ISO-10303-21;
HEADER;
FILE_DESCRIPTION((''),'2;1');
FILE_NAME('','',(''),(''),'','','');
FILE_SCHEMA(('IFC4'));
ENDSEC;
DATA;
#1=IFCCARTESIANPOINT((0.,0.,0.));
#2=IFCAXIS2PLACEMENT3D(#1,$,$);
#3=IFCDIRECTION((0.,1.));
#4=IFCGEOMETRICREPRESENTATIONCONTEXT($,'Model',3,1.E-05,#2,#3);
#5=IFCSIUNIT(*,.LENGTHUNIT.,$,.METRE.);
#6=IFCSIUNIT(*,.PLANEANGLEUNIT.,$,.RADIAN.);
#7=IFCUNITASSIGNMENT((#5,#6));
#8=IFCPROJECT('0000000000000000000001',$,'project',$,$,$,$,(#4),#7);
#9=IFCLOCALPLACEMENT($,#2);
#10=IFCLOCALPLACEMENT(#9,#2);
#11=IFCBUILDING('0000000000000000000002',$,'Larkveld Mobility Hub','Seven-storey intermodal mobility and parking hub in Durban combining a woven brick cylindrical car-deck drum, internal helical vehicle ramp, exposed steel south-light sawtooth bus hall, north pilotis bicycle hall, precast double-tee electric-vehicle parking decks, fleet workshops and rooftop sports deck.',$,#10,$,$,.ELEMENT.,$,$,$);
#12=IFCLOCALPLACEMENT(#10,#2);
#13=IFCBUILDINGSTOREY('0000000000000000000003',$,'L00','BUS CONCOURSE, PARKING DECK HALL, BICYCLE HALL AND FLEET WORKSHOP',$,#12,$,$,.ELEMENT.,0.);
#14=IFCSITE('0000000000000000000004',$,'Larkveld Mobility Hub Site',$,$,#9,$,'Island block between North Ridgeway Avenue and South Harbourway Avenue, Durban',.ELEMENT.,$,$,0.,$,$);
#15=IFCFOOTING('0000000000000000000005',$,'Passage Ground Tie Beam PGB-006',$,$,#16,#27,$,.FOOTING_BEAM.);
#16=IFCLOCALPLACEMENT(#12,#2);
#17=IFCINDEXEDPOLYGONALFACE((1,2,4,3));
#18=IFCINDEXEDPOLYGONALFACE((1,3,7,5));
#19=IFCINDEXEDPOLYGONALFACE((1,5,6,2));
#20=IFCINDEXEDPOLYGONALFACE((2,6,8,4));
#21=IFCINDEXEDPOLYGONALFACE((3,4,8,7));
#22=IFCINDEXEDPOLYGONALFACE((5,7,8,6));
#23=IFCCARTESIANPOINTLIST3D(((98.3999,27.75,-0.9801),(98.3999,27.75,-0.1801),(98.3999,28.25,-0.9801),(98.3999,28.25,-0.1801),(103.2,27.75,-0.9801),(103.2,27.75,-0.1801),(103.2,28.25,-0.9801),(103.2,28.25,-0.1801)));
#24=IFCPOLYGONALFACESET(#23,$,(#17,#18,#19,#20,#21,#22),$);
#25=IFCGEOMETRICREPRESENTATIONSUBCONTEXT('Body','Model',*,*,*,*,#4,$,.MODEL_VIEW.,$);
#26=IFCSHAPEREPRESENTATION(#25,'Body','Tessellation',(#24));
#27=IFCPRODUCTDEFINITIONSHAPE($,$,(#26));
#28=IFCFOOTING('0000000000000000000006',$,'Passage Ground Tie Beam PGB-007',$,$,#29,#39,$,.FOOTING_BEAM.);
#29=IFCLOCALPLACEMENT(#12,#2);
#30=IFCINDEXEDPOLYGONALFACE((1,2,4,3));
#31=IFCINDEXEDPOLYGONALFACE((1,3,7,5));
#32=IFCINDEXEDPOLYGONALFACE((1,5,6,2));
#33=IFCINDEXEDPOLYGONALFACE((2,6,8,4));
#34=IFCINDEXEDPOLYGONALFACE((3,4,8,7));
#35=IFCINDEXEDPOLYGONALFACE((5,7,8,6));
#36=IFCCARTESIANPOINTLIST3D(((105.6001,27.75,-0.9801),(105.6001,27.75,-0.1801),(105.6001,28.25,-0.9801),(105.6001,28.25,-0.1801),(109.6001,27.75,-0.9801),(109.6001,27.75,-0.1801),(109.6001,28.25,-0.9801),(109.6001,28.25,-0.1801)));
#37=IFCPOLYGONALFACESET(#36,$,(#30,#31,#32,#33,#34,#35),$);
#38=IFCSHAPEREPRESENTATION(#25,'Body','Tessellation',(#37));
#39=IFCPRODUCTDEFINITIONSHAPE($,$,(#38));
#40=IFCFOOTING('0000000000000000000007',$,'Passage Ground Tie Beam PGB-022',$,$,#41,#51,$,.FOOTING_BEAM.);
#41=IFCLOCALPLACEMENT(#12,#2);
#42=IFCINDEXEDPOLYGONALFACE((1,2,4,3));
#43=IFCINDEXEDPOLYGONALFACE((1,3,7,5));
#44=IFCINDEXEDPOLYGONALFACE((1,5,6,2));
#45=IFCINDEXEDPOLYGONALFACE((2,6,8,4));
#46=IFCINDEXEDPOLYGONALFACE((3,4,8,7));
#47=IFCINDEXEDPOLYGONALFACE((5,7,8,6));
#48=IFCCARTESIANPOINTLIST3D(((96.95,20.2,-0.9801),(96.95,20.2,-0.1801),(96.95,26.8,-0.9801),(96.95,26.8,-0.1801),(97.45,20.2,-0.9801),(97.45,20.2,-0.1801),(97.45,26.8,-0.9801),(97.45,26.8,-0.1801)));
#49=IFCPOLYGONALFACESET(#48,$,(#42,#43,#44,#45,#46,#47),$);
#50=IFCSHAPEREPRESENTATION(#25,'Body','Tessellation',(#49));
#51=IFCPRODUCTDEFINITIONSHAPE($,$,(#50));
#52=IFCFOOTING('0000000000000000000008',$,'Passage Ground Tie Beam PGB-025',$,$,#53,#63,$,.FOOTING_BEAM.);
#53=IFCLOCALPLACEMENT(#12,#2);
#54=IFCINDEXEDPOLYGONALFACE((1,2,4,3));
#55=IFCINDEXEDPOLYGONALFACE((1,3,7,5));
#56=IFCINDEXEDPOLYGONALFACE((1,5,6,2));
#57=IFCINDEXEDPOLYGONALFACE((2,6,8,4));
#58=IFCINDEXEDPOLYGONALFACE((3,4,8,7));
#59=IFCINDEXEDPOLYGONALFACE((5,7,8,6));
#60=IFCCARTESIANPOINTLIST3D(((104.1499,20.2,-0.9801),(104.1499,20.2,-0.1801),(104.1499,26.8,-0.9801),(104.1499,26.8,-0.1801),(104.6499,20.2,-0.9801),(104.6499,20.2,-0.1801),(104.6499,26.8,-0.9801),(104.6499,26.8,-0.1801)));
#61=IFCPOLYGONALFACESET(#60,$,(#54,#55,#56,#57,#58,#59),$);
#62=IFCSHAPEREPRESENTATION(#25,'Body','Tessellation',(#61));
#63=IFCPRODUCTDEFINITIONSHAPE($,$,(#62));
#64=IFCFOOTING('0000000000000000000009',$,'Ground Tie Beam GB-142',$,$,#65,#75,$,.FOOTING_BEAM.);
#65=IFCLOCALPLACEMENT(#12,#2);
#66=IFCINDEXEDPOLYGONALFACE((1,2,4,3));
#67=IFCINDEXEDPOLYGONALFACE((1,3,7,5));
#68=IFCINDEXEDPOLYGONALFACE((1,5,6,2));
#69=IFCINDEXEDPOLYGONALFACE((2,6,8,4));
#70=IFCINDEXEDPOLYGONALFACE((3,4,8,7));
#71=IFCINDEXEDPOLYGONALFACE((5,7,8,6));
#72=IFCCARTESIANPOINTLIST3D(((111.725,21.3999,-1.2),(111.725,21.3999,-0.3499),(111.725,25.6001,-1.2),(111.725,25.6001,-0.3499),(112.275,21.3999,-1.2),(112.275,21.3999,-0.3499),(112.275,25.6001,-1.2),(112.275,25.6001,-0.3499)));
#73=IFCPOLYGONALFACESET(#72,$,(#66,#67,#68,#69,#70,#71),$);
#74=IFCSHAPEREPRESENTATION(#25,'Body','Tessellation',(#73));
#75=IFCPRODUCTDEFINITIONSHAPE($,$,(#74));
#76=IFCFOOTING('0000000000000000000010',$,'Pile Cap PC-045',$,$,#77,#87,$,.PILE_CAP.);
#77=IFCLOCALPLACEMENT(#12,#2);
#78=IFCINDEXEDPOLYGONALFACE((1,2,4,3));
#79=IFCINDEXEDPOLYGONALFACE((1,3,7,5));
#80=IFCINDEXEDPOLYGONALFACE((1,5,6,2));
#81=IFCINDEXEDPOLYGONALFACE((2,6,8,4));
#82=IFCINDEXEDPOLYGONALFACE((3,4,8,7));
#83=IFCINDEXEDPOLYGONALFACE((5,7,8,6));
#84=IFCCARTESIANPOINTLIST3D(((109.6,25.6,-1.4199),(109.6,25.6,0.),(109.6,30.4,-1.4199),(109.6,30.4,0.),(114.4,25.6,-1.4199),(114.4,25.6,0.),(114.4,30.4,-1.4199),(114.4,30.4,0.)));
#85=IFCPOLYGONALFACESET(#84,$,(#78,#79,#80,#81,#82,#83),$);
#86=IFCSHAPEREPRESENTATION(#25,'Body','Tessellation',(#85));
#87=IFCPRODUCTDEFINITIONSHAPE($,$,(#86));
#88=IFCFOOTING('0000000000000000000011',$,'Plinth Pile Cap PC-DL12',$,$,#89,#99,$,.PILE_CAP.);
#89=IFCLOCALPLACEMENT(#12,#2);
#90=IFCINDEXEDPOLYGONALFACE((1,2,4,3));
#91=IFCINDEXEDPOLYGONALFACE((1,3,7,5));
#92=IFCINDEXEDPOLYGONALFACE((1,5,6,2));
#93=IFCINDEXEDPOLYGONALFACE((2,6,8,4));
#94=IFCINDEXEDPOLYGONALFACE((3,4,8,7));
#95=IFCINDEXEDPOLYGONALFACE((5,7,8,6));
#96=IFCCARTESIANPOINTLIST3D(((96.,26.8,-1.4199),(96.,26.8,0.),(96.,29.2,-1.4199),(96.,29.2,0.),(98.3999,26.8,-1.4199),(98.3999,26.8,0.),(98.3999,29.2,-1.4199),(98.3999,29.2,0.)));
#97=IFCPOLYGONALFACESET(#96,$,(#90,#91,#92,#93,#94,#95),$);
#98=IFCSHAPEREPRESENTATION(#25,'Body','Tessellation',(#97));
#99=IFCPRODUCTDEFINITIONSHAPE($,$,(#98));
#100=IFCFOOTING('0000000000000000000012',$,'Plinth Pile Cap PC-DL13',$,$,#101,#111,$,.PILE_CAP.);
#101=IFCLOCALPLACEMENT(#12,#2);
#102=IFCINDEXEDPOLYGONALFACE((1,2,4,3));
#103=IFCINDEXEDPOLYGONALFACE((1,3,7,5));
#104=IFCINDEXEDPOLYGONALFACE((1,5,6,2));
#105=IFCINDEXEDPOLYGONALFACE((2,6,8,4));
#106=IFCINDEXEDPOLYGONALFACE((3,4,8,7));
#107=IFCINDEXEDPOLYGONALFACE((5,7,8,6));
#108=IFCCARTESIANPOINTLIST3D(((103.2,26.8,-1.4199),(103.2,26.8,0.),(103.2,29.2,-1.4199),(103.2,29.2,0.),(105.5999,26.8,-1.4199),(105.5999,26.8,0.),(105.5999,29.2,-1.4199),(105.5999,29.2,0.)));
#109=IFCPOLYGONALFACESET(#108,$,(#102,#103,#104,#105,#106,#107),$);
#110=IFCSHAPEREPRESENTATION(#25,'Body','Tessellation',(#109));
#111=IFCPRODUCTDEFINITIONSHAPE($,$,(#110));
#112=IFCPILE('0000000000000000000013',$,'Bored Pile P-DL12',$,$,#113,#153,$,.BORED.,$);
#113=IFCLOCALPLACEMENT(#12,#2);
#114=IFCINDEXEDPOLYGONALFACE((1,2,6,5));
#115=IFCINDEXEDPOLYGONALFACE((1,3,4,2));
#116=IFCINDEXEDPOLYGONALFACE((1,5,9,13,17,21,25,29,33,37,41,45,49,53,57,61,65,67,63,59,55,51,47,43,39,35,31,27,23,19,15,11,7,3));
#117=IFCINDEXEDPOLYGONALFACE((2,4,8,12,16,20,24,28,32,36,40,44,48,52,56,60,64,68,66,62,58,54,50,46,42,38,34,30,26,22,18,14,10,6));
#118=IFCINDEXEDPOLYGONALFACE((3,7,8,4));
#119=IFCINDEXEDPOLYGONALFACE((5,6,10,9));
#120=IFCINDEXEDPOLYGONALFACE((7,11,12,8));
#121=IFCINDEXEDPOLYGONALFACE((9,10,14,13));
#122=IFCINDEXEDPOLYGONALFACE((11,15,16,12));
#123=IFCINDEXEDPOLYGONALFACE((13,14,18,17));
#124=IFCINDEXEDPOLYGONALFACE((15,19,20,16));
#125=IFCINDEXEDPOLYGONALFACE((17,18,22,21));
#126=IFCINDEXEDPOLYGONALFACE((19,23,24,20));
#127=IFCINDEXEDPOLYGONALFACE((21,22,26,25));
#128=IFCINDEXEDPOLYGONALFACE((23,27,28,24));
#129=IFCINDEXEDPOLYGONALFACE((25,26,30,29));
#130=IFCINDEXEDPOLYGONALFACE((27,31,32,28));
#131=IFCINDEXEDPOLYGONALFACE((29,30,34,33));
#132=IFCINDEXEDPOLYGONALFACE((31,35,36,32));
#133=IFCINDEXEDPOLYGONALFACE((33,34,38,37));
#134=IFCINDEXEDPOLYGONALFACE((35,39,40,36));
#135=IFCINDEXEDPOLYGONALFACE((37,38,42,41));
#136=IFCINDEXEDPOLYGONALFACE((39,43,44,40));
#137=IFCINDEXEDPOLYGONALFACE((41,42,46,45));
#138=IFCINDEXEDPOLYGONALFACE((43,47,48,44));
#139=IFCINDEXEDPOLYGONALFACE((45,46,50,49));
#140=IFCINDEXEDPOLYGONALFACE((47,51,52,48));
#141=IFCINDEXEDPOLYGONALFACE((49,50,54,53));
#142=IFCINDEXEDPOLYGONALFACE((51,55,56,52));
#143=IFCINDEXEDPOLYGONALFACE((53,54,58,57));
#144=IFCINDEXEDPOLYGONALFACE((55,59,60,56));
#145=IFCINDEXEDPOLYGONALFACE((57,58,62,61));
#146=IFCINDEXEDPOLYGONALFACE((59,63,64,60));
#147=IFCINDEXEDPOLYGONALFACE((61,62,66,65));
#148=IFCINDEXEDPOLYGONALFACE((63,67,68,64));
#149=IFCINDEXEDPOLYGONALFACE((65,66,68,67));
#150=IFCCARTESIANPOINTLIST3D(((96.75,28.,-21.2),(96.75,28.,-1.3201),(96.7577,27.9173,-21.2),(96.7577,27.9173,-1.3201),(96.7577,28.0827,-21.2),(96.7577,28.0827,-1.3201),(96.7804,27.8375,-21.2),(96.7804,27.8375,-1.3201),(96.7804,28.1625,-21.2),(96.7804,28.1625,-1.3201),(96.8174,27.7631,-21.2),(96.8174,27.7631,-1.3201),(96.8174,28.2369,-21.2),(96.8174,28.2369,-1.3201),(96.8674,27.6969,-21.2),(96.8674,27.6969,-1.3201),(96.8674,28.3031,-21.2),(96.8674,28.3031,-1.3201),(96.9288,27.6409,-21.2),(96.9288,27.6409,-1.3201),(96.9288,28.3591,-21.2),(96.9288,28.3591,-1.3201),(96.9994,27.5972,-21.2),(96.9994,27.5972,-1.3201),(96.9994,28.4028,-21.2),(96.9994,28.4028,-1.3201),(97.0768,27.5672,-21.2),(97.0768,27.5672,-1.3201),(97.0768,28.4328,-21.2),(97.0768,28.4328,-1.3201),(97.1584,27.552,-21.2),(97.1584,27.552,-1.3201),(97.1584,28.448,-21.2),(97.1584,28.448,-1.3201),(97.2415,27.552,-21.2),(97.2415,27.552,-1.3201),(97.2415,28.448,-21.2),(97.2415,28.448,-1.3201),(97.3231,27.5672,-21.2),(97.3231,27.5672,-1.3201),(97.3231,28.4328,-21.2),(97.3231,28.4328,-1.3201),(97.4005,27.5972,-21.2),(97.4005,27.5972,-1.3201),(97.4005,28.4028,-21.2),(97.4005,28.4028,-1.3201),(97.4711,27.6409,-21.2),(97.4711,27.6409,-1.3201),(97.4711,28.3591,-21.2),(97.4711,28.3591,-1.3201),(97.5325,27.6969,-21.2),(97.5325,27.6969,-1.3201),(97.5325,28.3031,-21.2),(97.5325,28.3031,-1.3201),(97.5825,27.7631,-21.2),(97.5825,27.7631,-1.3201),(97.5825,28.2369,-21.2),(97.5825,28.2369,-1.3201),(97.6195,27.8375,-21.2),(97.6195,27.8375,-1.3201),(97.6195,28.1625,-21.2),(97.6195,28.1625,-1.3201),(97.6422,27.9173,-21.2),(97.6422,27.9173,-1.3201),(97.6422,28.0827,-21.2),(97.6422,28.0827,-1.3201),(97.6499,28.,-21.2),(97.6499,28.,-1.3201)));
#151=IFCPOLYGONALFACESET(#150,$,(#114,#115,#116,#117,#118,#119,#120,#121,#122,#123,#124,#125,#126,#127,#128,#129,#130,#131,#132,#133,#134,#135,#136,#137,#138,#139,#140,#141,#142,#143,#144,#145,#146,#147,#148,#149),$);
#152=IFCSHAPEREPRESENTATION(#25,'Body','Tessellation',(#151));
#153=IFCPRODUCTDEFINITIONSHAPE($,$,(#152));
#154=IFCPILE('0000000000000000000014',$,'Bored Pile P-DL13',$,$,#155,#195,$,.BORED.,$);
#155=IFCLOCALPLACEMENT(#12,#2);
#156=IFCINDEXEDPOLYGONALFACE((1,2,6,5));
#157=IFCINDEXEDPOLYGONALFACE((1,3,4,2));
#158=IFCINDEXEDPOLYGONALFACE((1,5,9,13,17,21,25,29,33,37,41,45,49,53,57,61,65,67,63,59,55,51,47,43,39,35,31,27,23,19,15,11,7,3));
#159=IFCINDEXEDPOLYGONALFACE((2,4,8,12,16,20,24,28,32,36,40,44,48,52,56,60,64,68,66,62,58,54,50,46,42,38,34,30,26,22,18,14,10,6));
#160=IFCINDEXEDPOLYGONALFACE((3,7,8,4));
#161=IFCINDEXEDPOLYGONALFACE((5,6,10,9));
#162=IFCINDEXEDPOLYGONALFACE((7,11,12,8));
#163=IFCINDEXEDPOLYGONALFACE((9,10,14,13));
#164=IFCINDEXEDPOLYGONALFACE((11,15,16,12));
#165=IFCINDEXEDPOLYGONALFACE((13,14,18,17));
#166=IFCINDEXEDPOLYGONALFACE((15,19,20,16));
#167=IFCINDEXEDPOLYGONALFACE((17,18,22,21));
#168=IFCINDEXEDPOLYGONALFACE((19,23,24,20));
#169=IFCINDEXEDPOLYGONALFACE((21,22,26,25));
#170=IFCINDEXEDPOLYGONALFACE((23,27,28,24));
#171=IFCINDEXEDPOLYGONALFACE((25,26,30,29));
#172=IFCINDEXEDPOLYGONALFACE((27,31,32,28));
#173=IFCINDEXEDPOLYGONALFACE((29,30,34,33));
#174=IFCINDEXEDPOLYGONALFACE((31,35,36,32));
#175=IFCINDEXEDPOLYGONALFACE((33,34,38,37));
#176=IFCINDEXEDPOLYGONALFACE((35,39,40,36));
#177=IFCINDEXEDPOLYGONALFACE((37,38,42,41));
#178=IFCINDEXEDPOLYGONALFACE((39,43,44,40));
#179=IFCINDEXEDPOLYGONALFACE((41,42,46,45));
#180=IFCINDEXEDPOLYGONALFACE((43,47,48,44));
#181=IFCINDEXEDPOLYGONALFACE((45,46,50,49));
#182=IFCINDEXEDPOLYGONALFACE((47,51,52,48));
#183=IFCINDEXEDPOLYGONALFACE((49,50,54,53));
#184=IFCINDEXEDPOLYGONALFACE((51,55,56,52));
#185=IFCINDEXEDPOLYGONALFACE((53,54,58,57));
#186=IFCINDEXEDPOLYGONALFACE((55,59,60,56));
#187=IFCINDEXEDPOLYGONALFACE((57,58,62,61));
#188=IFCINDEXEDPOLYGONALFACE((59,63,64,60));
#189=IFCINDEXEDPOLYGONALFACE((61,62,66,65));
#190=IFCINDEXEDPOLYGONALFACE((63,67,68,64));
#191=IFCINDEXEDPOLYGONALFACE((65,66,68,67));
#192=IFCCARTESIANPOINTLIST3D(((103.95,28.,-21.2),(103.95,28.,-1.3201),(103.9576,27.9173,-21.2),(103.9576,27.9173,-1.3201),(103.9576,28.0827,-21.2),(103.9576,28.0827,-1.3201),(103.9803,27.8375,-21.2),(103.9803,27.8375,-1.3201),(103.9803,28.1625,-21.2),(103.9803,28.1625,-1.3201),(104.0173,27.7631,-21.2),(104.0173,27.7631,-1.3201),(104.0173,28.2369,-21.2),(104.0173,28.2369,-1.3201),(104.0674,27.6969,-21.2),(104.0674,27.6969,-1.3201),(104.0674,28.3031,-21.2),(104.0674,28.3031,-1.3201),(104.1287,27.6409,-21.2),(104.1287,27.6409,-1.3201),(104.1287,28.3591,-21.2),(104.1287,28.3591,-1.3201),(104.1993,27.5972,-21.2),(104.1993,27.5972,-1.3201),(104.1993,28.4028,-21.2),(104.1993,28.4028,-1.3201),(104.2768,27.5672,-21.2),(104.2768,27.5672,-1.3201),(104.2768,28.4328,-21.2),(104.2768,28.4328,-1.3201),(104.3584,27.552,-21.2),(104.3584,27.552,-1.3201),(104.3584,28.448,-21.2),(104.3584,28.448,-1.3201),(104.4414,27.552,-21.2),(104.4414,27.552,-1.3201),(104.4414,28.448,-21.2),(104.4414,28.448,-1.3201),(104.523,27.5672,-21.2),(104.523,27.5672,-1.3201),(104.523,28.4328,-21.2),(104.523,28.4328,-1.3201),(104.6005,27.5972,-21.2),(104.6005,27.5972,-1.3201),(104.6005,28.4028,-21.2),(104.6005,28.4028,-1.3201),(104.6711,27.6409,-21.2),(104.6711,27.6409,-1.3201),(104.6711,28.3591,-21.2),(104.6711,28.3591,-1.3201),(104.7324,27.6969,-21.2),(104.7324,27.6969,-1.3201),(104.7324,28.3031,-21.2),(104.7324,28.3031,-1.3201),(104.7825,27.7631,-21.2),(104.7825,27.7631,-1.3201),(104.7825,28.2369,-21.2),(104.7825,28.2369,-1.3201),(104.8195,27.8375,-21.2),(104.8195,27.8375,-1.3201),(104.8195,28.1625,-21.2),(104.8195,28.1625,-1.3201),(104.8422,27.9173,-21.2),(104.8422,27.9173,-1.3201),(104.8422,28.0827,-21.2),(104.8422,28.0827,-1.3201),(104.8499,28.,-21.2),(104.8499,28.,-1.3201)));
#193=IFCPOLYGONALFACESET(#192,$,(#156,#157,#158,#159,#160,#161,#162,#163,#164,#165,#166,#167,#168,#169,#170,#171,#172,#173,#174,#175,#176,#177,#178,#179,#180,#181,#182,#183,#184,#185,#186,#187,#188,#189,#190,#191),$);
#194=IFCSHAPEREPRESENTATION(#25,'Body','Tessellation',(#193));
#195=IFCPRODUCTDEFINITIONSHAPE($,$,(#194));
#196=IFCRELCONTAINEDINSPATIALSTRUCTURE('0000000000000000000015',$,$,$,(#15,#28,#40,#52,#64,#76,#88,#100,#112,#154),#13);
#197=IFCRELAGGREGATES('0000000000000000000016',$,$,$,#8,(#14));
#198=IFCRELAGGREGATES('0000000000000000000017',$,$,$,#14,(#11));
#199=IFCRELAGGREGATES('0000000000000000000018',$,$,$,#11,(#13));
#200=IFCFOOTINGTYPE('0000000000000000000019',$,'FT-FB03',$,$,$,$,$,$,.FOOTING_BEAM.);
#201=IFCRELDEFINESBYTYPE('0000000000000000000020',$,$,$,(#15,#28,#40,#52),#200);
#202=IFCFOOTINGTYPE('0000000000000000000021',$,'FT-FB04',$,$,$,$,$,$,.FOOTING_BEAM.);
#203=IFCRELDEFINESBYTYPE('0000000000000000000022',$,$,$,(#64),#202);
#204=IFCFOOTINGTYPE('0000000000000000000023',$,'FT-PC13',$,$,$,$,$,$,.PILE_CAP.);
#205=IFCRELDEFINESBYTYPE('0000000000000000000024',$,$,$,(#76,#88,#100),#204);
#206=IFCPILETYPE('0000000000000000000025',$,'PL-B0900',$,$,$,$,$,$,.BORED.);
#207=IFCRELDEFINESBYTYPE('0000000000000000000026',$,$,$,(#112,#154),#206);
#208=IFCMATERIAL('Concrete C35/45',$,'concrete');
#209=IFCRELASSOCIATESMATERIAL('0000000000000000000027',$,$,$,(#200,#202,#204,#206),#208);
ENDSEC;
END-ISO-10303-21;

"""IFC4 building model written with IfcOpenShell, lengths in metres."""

from ifc_helpers import new_model, si_unit, direction, frame, origin, origin_2d, place, context, subcontext, project, spatial, rectangle, circle, extrude, material, material_profile, profile_set, type_object, element, save


model = new_model("IFC4")

# Units and contexts
model_context = context("Model", 3, precision=1e-05, world=origin(), true_north=direction((0.0, 1.0)))
body_context = subcontext(model_context, "Body", "Model", "MODEL_VIEW")
ifc_project = project(units=[si_unit("LENGTHUNIT", "METRE"), si_unit("PLANEANGLEUNIT", "RADIAN")], contexts=[model_context])

# Site, building, storey
site_placement = place(None, origin())
site = spatial("IfcSite", under=ifc_project, at=site_placement, Name="Larkveld Mobility Hub Site", LongName="Island block between North Ridgeway Avenue and South Harbourway Avenue, Durban", CompositionType="ELEMENT", RefElevation=0.0)
building_placement = place(site_placement, origin())
building = spatial("IfcBuilding", under=site, at=building_placement, Name="Larkveld Mobility Hub", Description="Seven-storey intermodal mobility and parking hub in Durban combining a woven brick cylindrical car-deck drum, internal helical vehicle ramp, exposed steel south-light sawtooth bus hall, north pilotis bicycle hall, precast double-tee electric-vehicle parking decks, fleet workshops and rooftop sports deck.", CompositionType="ELEMENT")
storey_placement = place(building_placement, origin())
storey = spatial("IfcBuildingStorey", under=building, at=storey_placement, Name="L00", Description="BUS CONCOURSE, PARKING DECK HALL, BICYCLE HALL AND FLEET WORKSHOP", CompositionType="ELEMENT", Elevation=0.0)

# Footings
ifc_material_1 = material(Name="Concrete C35/45", Category="concrete")
ifc_material_profile_1 = material_profile(ifc_material_1, rectangle(XDim=0.5, YDim=0.8, at=origin_2d()), Name="RC BM 500x800")
ifc_profile_set_1 = profile_set([ifc_material_profile_1], Name="Concrete C35/45")
footing_type_1 = type_object("IfcFootingType", Name="FT-FB03", PredefinedType="FOOTING_BEAM", material=ifc_profile_set_1)
footing_1_placement = place(storey_placement, frame((98.3999, 28.0, -0.5801), z_axis=(1.0, 0.0, 0.0), x_axis=(0.0, 1.0, 0.0)))
element("IfcFooting", 1, at=footing_1_placement, inside=storey, type_object=footing_type_1, Name="Passage Ground Tie Beam PGB-006", PredefinedType="FOOTING_BEAM", context=body_context, shape_type="SweptSolid", body=[
    extrude(rectangle(XDim=0.5, YDim=0.8, at=origin_2d()), origin(), (0.0, 0.0, 1.0), 4.8),
])
footing_2_placement = place(storey_placement, frame((105.6001, 28.0, -0.5801), z_axis=(1.0, 0.0, 0.0), x_axis=(0.0, 1.0, 0.0)))
element("IfcFooting", 2, at=footing_2_placement, inside=storey, type_object=footing_type_1, Name="Passage Ground Tie Beam PGB-007", PredefinedType="FOOTING_BEAM", context=body_context, shape_type="SweptSolid", body=[
    extrude(rectangle(XDim=0.5, YDim=0.8, at=origin_2d()), origin(), (0.0, 0.0, 1.0), 4.0),
])
for number, where, z_axis, x_axis, name in (
    (3, (97.2, 20.2, -0.5801), (0.0, 1.0, 0.0), (-1.0, 0.0, 0.0), "Passage Ground Tie Beam PGB-022"),
    (4, (104.3999, 20.2, -0.5801), (0.0, 1.0, 0.0), (-1.0, 0.0, 0.0), "Passage Ground Tie Beam PGB-025"),
):
    element("IfcFooting", number, at=place(storey_placement, frame(where, z_axis=z_axis, x_axis=x_axis)), inside=storey, type_object=footing_type_1, Name=name, PredefinedType="FOOTING_BEAM", context=body_context, shape_type="SweptSolid", body=[
        extrude(rectangle(XDim=0.5, YDim=0.8, at=origin_2d()), origin(), (0.0, 0.0, 1.0), 6.6001),
    ])
ifc_material_profile_2 = material_profile(ifc_material_1, rectangle(XDim=0.55, YDim=0.8501, at=origin_2d()), Name="RC BM 550x850")
ifc_profile_set_2 = profile_set([ifc_material_profile_2], Name="Concrete C35/45")
footing_type_2 = type_object("IfcFootingType", Name="FT-FB04", PredefinedType="FOOTING_BEAM", material=ifc_profile_set_2)
footing_3_placement = place(storey_placement, frame((112.0, 21.3999, -0.7749), z_axis=(0.0, 1.0, 0.0), x_axis=(-1.0, 0.0, 0.0)))
element("IfcFooting", 5, at=footing_3_placement, inside=storey, type_object=footing_type_2, Name="Ground Tie Beam GB-142", PredefinedType="FOOTING_BEAM", context=body_context, shape_type="SweptSolid", body=[
    extrude(rectangle(XDim=0.55, YDim=0.8501, at=origin_2d()), origin(), (0.0, 0.0, 1.0), 4.2002),
])
footing_type_3 = type_object("IfcFootingType", Name="FT-PC13", PredefinedType="PILE_CAP", material=ifc_material_1)
footing_4_placement = place(storey_placement, frame((112.0, 28.0, -1.4199), z_axis=(0.0, 0.0, 1.0), x_axis=(1.0, 0.0, 0.0)))
element("IfcFooting", 6, at=footing_4_placement, inside=storey, type_object=footing_type_3, Name="Pile Cap PC-045", PredefinedType="PILE_CAP", context=body_context, shape_type="SweptSolid", body=[
    extrude(rectangle(XDim=4.8, YDim=4.8, at=origin_2d()), origin(), (0.0, 0.0, 1.0), 1.4199),
])
for number, where, z_axis, x_axis, name in (
    (7, (97.2, 28.0, -1.4199), (0.0, 0.0, 1.0), (1.0, 0.0, 0.0), "Plinth Pile Cap PC-DL12"),
    (8, (104.3999, 28.0, -1.4199), (0.0, 0.0, 1.0), (1.0, 0.0, 0.0), "Plinth Pile Cap PC-DL13"),
):
    element("IfcFooting", number, at=place(storey_placement, frame(where, z_axis=z_axis, x_axis=x_axis)), inside=storey, type_object=footing_type_3, Name=name, PredefinedType="PILE_CAP", context=body_context, shape_type="SweptSolid", body=[
        extrude(rectangle(XDim=2.3999, YDim=2.3999, at=origin_2d()), origin(), (0.0, 0.0, 1.0), 1.4199),
    ])

# Piles
ifc_material_profile_3 = material_profile(ifc_material_1, circle(Radius=0.45, at=origin_2d()), Name="PILE D900")
ifc_profile_set_3 = profile_set([ifc_material_profile_3], Name="Concrete C35/45")
pile_type_1 = type_object("IfcPileType", Name="PL-B0900", PredefinedType="BORED", material=ifc_profile_set_3)
for number, where, z_axis, x_axis, name in (
    (9, (97.2, 28.0, -1.3201), (0.0, 0.0, -1.0), (1.0, 0.0, 0.0), "Bored Pile P-DL12"),
    (10, (104.3999, 28.0, -1.3201), (0.0, 0.0, -1.0), (1.0, 0.0, 0.0), "Bored Pile P-DL13"),
):
    element("IfcPile", number, at=place(storey_placement, frame(where, z_axis=z_axis, x_axis=x_axis)), inside=storey, type_object=pile_type_1, Name=name, PredefinedType="BORED", context=body_context, shape_type="SweptSolid", body=[
        extrude(circle(Radius=0.45, at=origin_2d()), origin(), (0.0, 0.0, 1.0), 19.8799),
    ])

save(model, "model.ifc")
